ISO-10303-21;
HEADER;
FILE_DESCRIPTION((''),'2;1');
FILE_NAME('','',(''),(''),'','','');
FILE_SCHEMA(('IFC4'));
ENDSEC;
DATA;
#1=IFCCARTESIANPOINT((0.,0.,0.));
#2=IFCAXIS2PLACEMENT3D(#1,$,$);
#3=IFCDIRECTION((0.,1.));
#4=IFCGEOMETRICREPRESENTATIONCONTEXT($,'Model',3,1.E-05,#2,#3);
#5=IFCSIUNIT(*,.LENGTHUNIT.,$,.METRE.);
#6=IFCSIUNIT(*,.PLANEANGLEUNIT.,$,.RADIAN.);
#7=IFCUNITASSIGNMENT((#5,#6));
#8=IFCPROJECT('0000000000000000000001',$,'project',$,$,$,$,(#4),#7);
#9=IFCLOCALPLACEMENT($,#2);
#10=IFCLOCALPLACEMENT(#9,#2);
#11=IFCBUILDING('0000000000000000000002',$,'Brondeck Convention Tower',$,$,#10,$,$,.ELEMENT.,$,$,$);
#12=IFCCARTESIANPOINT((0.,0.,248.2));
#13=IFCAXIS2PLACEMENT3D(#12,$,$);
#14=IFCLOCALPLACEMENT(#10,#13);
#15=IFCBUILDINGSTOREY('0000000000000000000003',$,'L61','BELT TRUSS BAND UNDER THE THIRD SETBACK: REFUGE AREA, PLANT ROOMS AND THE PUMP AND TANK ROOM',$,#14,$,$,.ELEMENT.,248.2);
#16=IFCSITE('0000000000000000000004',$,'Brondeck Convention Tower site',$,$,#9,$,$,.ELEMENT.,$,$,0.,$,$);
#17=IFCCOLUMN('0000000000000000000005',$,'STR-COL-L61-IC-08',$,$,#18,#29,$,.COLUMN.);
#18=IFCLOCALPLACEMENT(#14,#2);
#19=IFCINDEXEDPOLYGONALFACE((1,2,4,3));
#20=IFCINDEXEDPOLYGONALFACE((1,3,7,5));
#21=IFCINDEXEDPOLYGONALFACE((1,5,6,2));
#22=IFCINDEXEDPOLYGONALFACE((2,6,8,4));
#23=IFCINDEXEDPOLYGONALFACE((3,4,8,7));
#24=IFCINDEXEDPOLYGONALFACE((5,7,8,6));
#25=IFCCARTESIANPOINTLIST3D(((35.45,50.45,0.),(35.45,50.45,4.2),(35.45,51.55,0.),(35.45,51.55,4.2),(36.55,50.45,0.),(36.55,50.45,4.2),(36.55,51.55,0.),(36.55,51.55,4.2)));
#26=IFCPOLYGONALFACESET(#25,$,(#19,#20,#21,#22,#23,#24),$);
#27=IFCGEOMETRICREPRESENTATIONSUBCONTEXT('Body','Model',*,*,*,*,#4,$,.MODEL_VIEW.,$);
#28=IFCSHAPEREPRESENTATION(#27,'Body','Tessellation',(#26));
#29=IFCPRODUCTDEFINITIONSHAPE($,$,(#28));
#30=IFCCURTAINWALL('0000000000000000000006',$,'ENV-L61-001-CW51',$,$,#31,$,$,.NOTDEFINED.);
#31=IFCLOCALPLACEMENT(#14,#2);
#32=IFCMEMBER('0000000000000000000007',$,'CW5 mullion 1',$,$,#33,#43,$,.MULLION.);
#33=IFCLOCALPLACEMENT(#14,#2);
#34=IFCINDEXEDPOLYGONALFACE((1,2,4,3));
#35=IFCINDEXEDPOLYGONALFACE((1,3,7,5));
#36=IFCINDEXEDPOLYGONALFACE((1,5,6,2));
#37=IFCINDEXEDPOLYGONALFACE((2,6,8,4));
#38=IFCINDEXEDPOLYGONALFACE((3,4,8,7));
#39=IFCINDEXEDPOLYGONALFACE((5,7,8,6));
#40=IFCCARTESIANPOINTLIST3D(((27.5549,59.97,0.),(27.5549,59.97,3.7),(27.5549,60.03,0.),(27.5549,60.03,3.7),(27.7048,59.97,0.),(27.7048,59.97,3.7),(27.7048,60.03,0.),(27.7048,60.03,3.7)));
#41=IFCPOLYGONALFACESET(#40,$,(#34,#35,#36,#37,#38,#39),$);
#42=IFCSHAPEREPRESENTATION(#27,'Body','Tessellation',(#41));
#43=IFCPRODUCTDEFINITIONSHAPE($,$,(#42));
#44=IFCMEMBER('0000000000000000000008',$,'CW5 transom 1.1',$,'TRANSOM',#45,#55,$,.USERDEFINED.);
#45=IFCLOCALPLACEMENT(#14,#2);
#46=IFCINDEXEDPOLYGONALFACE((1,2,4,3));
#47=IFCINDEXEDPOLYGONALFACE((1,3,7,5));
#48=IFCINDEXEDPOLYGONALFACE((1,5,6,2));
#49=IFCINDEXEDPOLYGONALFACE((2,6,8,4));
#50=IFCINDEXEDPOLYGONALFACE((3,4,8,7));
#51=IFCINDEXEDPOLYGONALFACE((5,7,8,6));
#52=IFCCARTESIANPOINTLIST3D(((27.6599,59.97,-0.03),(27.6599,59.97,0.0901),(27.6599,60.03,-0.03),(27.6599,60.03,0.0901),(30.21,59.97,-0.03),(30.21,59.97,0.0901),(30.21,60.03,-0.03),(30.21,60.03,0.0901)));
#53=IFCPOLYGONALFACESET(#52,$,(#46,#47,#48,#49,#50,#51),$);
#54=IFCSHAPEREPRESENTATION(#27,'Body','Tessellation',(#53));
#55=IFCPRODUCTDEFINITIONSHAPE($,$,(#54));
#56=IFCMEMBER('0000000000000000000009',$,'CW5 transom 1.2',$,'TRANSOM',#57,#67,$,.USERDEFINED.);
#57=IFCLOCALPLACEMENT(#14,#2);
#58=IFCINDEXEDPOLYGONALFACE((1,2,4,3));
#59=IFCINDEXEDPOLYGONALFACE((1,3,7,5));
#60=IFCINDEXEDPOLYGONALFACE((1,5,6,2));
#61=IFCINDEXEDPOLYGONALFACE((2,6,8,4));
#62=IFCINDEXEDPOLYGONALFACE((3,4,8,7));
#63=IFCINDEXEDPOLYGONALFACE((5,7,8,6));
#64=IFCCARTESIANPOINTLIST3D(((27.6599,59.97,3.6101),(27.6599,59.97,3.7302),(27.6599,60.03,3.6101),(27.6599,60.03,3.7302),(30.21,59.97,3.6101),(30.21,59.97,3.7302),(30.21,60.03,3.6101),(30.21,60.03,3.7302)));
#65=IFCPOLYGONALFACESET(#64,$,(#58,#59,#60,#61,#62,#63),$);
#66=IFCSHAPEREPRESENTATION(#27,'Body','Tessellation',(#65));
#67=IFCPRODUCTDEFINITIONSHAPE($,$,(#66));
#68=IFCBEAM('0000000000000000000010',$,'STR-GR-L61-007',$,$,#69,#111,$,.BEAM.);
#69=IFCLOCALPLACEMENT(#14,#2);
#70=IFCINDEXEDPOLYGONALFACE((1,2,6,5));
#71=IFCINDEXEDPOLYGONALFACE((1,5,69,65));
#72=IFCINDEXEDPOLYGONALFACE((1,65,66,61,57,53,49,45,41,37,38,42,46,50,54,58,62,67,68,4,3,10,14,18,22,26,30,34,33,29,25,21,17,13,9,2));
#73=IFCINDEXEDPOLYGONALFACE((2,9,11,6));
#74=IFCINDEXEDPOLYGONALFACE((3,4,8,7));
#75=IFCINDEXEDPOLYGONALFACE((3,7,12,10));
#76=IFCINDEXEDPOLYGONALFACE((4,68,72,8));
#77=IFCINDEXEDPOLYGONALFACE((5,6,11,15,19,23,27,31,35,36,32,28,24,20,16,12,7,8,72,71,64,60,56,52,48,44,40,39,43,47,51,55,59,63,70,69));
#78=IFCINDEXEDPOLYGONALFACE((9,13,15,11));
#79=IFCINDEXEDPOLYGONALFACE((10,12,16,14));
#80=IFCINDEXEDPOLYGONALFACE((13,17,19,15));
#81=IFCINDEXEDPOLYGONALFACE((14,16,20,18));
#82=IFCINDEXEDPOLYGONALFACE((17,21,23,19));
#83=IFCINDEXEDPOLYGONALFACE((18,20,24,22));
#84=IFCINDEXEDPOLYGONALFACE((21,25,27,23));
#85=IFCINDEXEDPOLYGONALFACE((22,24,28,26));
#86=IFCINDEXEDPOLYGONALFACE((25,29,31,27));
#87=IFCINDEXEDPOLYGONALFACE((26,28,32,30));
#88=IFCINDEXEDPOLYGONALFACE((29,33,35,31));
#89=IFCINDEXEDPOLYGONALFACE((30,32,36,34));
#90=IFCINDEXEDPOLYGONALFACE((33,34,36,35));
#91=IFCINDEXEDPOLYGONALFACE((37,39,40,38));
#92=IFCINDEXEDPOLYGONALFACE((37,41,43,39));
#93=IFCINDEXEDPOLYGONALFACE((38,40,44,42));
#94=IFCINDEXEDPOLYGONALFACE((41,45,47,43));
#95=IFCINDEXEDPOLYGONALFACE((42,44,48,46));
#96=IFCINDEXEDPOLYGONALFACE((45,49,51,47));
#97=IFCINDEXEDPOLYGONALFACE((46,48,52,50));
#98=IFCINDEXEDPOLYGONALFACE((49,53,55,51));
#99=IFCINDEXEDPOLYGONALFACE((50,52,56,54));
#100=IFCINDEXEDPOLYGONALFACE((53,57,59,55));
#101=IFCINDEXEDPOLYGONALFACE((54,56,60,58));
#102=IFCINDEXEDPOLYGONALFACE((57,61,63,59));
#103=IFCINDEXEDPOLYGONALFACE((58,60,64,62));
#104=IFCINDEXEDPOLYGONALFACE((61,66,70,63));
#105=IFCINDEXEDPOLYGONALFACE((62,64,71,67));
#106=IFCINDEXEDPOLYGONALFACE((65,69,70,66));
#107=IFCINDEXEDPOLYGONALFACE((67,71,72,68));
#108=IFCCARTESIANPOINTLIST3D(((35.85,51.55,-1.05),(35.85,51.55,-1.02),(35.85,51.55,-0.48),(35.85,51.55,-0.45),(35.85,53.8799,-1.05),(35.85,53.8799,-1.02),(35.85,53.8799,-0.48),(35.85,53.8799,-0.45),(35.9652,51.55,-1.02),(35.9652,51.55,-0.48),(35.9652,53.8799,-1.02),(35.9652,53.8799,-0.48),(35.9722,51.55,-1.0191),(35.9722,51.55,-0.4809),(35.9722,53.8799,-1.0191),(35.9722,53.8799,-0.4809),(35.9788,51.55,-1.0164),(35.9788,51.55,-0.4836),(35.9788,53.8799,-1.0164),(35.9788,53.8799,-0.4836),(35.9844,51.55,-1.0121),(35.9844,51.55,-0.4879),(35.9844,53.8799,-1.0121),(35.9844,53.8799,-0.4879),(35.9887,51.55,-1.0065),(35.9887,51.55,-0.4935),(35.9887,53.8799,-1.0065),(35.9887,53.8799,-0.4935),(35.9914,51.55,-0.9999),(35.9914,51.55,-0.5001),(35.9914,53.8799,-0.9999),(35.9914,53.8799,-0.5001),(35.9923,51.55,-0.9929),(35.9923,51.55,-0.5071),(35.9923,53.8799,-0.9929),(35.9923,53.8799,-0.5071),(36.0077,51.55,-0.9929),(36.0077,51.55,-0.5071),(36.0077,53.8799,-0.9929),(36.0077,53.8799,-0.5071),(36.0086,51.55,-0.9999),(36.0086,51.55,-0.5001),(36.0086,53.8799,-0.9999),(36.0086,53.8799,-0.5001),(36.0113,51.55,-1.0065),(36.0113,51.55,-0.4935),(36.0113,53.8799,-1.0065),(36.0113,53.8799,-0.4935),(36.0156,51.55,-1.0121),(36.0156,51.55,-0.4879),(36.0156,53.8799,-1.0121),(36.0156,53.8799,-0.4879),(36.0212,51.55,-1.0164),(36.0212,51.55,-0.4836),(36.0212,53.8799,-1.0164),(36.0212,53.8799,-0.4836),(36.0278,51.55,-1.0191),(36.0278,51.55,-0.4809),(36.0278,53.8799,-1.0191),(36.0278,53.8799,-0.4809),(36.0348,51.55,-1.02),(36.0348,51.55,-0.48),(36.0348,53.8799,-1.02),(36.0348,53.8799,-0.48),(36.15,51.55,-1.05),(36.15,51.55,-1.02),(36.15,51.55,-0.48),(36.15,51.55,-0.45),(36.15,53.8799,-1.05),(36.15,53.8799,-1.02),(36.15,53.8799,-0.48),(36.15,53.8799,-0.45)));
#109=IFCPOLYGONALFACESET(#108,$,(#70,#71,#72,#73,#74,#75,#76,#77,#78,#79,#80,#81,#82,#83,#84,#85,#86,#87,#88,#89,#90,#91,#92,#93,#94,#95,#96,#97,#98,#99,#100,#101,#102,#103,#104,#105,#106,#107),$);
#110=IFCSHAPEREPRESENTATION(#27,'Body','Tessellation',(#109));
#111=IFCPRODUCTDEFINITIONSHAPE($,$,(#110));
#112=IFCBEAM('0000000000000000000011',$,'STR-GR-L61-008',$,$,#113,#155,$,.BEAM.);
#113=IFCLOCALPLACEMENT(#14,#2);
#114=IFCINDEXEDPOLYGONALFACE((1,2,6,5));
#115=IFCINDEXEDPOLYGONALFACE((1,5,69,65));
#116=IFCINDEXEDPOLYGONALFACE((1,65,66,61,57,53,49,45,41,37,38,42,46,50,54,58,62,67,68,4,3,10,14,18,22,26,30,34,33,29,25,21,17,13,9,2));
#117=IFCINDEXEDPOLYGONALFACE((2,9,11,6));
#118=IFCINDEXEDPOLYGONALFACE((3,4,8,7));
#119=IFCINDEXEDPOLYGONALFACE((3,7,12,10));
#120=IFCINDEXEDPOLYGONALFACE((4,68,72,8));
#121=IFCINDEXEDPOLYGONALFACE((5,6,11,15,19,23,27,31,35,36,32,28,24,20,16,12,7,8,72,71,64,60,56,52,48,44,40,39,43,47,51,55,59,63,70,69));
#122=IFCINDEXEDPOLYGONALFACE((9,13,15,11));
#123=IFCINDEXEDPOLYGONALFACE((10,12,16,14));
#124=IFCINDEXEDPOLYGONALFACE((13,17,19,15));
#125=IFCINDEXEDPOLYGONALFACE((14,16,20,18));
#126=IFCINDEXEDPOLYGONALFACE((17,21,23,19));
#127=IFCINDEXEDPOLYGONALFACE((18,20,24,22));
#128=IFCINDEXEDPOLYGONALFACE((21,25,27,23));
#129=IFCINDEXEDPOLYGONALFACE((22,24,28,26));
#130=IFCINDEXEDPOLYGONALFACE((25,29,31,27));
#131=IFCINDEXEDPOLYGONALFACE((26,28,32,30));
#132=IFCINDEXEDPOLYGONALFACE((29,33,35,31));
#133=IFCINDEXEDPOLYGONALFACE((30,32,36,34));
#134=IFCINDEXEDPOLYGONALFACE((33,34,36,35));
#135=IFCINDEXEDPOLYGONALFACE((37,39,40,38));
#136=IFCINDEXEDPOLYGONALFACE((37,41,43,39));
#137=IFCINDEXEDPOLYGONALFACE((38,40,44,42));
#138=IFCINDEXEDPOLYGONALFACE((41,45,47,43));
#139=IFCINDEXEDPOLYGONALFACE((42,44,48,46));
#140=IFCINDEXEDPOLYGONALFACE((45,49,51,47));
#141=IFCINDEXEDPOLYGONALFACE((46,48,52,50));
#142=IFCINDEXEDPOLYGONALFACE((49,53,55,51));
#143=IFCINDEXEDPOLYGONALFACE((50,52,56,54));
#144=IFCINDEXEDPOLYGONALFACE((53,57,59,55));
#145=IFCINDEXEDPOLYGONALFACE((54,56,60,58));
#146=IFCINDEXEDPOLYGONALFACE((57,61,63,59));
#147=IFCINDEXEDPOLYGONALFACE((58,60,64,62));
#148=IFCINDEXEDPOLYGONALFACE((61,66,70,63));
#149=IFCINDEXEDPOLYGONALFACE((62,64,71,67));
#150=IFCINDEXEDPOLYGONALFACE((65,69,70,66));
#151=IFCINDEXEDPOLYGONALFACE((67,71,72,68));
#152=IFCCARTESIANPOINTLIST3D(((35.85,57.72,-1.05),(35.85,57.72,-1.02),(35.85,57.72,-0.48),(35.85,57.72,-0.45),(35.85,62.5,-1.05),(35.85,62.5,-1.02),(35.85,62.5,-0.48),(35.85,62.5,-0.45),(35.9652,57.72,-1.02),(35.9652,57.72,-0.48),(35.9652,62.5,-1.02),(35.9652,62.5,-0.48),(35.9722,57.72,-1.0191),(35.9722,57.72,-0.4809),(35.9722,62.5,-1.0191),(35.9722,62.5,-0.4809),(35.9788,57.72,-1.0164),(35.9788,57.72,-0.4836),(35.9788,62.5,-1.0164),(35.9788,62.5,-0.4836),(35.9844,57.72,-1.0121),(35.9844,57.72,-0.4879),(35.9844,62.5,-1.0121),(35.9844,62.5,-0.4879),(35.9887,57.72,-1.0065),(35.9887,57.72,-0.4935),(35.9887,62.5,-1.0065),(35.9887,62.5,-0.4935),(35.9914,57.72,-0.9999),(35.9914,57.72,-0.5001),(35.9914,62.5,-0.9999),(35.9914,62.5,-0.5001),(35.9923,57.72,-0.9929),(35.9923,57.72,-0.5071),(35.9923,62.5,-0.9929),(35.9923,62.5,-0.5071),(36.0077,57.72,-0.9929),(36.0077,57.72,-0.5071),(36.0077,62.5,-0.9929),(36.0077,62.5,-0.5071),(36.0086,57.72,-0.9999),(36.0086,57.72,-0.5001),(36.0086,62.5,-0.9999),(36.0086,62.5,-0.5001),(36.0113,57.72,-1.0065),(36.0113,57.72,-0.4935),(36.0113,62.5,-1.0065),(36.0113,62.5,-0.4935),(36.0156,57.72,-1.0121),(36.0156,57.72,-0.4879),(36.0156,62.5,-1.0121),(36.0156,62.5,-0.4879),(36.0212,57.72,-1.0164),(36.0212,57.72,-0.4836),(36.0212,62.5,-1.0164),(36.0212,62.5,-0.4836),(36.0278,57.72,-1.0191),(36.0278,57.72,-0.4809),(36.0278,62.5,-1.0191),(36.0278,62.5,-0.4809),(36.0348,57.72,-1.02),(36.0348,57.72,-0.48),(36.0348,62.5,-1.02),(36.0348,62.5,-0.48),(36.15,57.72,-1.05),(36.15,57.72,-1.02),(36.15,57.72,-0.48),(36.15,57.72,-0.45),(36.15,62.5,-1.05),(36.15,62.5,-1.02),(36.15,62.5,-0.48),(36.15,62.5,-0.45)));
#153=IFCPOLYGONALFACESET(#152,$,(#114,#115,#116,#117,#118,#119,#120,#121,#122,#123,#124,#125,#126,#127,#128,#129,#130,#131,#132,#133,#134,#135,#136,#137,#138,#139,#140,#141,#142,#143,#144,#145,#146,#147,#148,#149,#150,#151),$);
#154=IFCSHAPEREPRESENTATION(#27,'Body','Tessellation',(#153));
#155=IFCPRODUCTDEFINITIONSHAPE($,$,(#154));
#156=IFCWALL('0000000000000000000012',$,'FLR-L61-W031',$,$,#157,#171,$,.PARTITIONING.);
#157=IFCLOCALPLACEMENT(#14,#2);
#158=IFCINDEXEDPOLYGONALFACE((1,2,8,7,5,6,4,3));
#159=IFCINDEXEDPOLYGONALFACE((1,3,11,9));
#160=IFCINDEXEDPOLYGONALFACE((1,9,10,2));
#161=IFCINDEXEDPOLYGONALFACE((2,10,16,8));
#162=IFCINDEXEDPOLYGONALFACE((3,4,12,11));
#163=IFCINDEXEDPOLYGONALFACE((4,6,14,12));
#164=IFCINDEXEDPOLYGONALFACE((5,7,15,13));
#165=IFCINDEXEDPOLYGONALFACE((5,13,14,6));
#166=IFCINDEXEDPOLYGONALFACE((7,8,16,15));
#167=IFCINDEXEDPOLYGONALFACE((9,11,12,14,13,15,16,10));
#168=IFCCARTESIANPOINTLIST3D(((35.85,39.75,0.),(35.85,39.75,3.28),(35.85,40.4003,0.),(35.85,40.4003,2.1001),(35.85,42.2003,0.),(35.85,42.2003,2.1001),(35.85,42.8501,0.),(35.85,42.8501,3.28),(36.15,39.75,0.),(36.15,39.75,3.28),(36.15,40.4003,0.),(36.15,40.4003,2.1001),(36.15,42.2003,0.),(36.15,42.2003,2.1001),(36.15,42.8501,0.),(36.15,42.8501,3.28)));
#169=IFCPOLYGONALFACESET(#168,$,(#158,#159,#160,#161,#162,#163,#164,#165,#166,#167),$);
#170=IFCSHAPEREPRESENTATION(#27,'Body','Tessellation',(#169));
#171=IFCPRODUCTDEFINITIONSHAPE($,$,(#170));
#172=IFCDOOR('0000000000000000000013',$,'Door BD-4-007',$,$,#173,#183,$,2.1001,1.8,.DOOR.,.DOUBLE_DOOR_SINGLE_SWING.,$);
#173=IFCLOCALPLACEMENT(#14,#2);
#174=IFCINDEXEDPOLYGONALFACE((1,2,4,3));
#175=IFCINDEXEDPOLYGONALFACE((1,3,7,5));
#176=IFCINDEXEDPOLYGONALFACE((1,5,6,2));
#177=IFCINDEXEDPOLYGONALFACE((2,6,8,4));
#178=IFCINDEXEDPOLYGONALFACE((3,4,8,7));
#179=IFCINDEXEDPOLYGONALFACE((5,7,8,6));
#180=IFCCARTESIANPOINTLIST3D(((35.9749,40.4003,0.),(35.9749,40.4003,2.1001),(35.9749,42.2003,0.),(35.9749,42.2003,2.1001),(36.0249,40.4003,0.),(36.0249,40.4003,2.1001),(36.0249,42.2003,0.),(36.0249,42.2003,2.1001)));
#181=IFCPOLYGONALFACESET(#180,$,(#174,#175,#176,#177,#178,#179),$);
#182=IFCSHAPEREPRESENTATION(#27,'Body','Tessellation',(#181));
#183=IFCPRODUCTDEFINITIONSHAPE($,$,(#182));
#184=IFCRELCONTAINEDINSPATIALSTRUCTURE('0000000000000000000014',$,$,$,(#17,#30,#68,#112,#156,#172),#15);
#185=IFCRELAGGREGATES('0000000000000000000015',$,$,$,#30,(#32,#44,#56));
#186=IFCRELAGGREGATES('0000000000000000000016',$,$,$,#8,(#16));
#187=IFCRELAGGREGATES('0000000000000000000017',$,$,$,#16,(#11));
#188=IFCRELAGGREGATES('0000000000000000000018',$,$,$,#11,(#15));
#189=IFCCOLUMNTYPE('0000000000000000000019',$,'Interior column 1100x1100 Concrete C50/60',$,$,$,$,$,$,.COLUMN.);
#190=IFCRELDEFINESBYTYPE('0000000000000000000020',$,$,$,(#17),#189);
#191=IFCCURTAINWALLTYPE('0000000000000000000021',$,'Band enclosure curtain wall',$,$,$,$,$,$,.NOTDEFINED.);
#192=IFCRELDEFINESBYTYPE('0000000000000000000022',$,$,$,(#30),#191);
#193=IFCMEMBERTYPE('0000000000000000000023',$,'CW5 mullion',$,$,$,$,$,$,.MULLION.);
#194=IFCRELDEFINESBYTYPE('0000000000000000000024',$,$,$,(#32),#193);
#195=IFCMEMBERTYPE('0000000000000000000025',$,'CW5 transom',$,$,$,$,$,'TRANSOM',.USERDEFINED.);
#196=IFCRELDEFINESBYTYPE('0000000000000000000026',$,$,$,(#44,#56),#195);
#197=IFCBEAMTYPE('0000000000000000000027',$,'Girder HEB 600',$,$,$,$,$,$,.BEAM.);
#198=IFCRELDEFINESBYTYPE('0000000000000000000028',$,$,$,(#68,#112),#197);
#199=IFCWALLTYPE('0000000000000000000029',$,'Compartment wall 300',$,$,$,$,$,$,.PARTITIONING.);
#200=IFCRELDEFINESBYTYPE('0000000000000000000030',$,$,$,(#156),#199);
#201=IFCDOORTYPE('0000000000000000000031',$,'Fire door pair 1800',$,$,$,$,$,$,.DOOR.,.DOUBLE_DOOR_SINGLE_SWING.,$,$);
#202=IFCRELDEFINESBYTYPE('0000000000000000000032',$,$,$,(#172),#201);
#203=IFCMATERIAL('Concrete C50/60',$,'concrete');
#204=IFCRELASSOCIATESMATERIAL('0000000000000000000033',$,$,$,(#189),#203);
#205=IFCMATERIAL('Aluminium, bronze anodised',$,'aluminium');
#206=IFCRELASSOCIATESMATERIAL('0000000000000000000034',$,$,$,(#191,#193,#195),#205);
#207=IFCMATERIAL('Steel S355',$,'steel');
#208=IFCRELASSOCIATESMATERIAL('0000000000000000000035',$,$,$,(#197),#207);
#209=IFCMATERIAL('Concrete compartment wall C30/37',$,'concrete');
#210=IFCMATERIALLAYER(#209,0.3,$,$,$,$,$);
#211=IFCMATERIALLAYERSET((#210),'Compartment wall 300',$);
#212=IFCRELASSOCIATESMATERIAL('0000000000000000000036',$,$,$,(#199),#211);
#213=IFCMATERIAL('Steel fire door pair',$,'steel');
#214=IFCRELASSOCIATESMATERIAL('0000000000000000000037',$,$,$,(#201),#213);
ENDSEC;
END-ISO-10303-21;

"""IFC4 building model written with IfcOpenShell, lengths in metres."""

from ifc_helpers import new_model, si_unit, direction, frame, frame_2d, origin, origin_2d, place, context, subcontext, project, spatial, rectangle, i_section, extrude, material, layer, layer_set, material_profile, profile_set, type_object, element, fill, aggregate, save


model = new_model("IFC4")

# Units and contexts
model_context = context("Model", 3, precision=1e-05, world=origin(), true_north=direction((0.0, 1.0)))
body_context = subcontext(model_context, "Body", "Model", "MODEL_VIEW")
ifc_project = project(units=[si_unit("LENGTHUNIT", "METRE"), si_unit("PLANEANGLEUNIT", "RADIAN")], contexts=[model_context])

# Site, building, storey
site_placement = place(None, origin())
site = spatial("IfcSite", under=ifc_project, at=site_placement, Name="Brondeck Convention Tower site", CompositionType="ELEMENT", RefElevation=0.0)
building_placement = place(site_placement, origin())
building = spatial("IfcBuilding", under=site, at=building_placement, Name="Brondeck Convention Tower", CompositionType="ELEMENT")
storey_placement = place(building_placement, frame((0.0, 0.0, 248.2)))
storey = spatial("IfcBuildingStorey", under=building, at=storey_placement, Name="L61", Description="BELT TRUSS BAND UNDER THE THIRD SETBACK: REFUGE AREA, PLANT ROOMS AND THE PUMP AND TANK ROOM", CompositionType="ELEMENT", Elevation=248.2)

# Column
ifc_material_1 = material(Name="Concrete C50/60", Category="concrete")
ifc_material_profile_1 = material_profile(ifc_material_1, rectangle(XDim=1.1001, YDim=1.1001, at=origin_2d()), Name="Interior column 1100x1100 Concrete C50/60")
ifc_profile_set_1 = profile_set([ifc_material_profile_1], Name="Concrete C50/60")
column_type = type_object("IfcColumnType", Name="Interior column 1100x1100 Concrete C50/60", PredefinedType="COLUMN", material=ifc_profile_set_1)
column_placement = place(storey_placement, frame((36.0, 51.0, 0.0), z_axis=(0.0, 0.0, 1.0), x_axis=(1.0, 0.0, 0.0)))
element("IfcColumn", 1, at=column_placement, inside=storey, type_object=column_type, Name="STR-COL-L61-IC-08", PredefinedType="COLUMN", context=body_context, shape_type="SweptSolid", body=[
    extrude(rectangle(XDim=1.1001, YDim=1.1001, at=origin_2d()), origin(), (0.0, 0.0, 1.0), 4.2),
])

# Curtain wall, members
ifc_material_2 = material(Name="Aluminium, bronze anodised", Category="aluminium")
curtain_wall_type = type_object("IfcCurtainWallType", Name="Band enclosure curtain wall", PredefinedType="NOTDEFINED", material=ifc_material_2)
curtain_wall_placement = place(storey_placement, origin())
curtain_wall = element("IfcCurtainWall", 2, at=curtain_wall_placement, inside=storey, type_object=curtain_wall_type, Name="ENV-L61-001-CW51", PredefinedType="NOTDEFINED")
ifc_material_profile_2 = material_profile(ifc_material_2, rectangle(XDim=0.0601, YDim=0.1499, at=origin_2d()), Name="CW5 mullion")
ifc_profile_set_2 = profile_set([ifc_material_profile_2], Name="Aluminium, bronze anodised")
member_type_1 = type_object("IfcMemberType", Name="CW5 mullion", PredefinedType="MULLION", material=ifc_profile_set_2)
member_1_placement = place(storey_placement, frame((27.6299, 60.0, 0.0), z_axis=(0.0, 0.0, 1.0), x_axis=(0.0, 1.0, 0.0)))
member_1 = element("IfcMember", 3, at=member_1_placement, type_object=member_type_1, Name="CW5 mullion 1", PredefinedType="MULLION", context=body_context, shape_type="SweptSolid", body=[
    extrude(rectangle(XDim=0.0601, YDim=0.1499, at=origin_2d()), origin(), (0.0, 0.0, 1.0), 3.7),
])
ifc_material_profile_3 = material_profile(ifc_material_2, rectangle(XDim=0.0601, YDim=0.1201, at=origin_2d()), Name="CW5 transom")
ifc_profile_set_3 = profile_set([ifc_material_profile_3], Name="Aluminium, bronze anodised")
member_type_2 = type_object("IfcMemberType", Name="CW5 transom", ElementType="TRANSOM", PredefinedType="USERDEFINED", material=ifc_profile_set_3)
member_2_placement = place(storey_placement, frame((27.6599, 60.0, 0.03), z_axis=(1.0, 0.0, 0.0), x_axis=(0.0, 1.0, 0.0)))
member_2 = element("IfcMember", 4, at=member_2_placement, type_object=member_type_2, Name="CW5 transom 1.1", ObjectType="TRANSOM", PredefinedType="USERDEFINED", context=body_context, shape_type="SweptSolid", body=[
    extrude(rectangle(XDim=0.0601, YDim=0.1201, at=origin_2d()), origin(), (0.0, 0.0, 1.0), 2.55),
])
member_3_placement = place(storey_placement, frame((27.6599, 60.0, 3.6702), z_axis=(1.0, 0.0, 0.0), x_axis=(0.0, 1.0, 0.0)))
member_3 = element("IfcMember", 5, at=member_3_placement, type_object=member_type_2, Name="CW5 transom 1.2", ObjectType="TRANSOM", PredefinedType="USERDEFINED", context=body_context, shape_type="SweptSolid", body=[
    extrude(rectangle(XDim=0.0601, YDim=0.1201, at=origin_2d()), origin(), (0.0, 0.0, 1.0), 2.55),
])
aggregate(curtain_wall, [member_1, member_2, member_3])

# Beams
ifc_material_3 = material(Name="Steel S355", Category="steel")
ifc_material_profile_4 = material_profile(ifc_material_3, i_section(OverallWidth=0.3, OverallDepth=0.6001, WebThickness=0.0154, FlangeThickness=0.03, FilletRadius=0.0271, at=origin_2d()), Name="HEB 600")
ifc_profile_set_4 = profile_set([ifc_material_profile_4], Name="Steel S355")
beam_type = type_object("IfcBeamType", Name="Girder HEB 600", PredefinedType="BEAM", material=ifc_profile_set_4)
beam_1_placement = place(storey_placement, frame((36.0, 51.55, -0.75), z_axis=(0.0, 1.0, 0.0), x_axis=(-1.0, 0.0, 0.0)))
element("IfcBeam", 6, at=beam_1_placement, inside=storey, type_object=beam_type, Name="STR-GR-L61-007", PredefinedType="BEAM", context=body_context, shape_type="SweptSolid", body=[
    extrude(i_section(OverallWidth=0.3, OverallDepth=0.6001, WebThickness=0.0154, FlangeThickness=0.03, FilletRadius=0.0271, at=origin_2d()), origin(), (0.0, 0.0, 1.0), 2.3298),
])
beam_2_placement = place(storey_placement, frame((36.0, 57.72, -0.75), z_axis=(0.0, 1.0, 0.0), x_axis=(-1.0, 0.0, 0.0)))
element("IfcBeam", 7, at=beam_2_placement, inside=storey, type_object=beam_type, Name="STR-GR-L61-008", PredefinedType="BEAM", context=body_context, shape_type="SweptSolid", body=[
    extrude(i_section(OverallWidth=0.3, OverallDepth=0.6001, WebThickness=0.0154, FlangeThickness=0.03, FilletRadius=0.0271, at=origin_2d()), origin(), (0.0, 0.0, 1.0), 4.78),
])

# Wall, opening, door
ifc_material_4 = material(Name="Concrete compartment wall C30/37", Category="concrete")
ifc_layer_1 = layer(ifc_material_4, 0.3)
ifc_layer_set_1 = layer_set([ifc_layer_1], Name="Compartment wall 300")
wall_type_1 = type_object("IfcWallType", Name="Compartment wall 300", PredefinedType="PARTITIONING", material=ifc_layer_set_1)
wall_1_placement = place(storey_placement, frame((36.0, 42.8501, 0.0), z_axis=(0.0, 0.0, 1.0), x_axis=(0.0, -1.0, 0.0)))
wall_1 = element("IfcWall", 8, at=wall_1_placement, inside=storey, type_object=wall_type_1, Name="FLR-L61-W031", PredefinedType="PARTITIONING", context=body_context, shape_type="SweptSolid", body=[
    extrude(rectangle(XDim=3.1001, YDim=0.3, at=frame_2d((1.55, 0.0))), origin(), (0.0, 0.0, 1.0), 3.28),
])
opening_1_placement = place(wall_1_placement, frame((0.6499, 0.0, 0.0)))
opening_1 = element("IfcOpeningElement", 9, at=opening_1_placement, cuts=wall_1, PredefinedType="OPENING", context=body_context, shape_type="SweptSolid", body=[
    extrude(rectangle(XDim=1.8, YDim=2.1001, at=frame_2d((0.8999, 1.05))), frame((0.0, 0.1599, 0.0), z_axis=(0.0, -1.0, 0.0), x_axis=(1.0, 0.0, 0.0)), (0.0, 0.0, 1.0), 0.3201),
])
ifc_material_5 = material(Name="Steel fire door pair", Category="steel")
door_type_1 = type_object("IfcDoorType", Name="Fire door pair 1800", OperationType="DOUBLE_DOOR_SINGLE_SWING", PredefinedType="DOOR", material=ifc_material_5)
door_1_placement = place(opening_1_placement, origin())
door_1 = element("IfcDoor", 10, at=door_1_placement, inside=storey, type_object=door_type_1, Name="Door BD-4-007", OperationType="DOUBLE_DOOR_SINGLE_SWING", OverallHeight=2.1001, OverallWidth=1.8, PredefinedType="DOOR", context=body_context, shape_type="SweptSolid", body=[
    extrude(rectangle(XDim=1.8, YDim=2.1001, at=frame_2d((0.8999, 1.05))), frame((0.0, 0.0249, 0.0), z_axis=(0.0, -1.0, 0.0), x_axis=(1.0, 0.0, 0.0)), (0.0, 0.0, 1.0), 0.05),
])
fill(opening_1, door_1)

save(model, "model.ifc")
